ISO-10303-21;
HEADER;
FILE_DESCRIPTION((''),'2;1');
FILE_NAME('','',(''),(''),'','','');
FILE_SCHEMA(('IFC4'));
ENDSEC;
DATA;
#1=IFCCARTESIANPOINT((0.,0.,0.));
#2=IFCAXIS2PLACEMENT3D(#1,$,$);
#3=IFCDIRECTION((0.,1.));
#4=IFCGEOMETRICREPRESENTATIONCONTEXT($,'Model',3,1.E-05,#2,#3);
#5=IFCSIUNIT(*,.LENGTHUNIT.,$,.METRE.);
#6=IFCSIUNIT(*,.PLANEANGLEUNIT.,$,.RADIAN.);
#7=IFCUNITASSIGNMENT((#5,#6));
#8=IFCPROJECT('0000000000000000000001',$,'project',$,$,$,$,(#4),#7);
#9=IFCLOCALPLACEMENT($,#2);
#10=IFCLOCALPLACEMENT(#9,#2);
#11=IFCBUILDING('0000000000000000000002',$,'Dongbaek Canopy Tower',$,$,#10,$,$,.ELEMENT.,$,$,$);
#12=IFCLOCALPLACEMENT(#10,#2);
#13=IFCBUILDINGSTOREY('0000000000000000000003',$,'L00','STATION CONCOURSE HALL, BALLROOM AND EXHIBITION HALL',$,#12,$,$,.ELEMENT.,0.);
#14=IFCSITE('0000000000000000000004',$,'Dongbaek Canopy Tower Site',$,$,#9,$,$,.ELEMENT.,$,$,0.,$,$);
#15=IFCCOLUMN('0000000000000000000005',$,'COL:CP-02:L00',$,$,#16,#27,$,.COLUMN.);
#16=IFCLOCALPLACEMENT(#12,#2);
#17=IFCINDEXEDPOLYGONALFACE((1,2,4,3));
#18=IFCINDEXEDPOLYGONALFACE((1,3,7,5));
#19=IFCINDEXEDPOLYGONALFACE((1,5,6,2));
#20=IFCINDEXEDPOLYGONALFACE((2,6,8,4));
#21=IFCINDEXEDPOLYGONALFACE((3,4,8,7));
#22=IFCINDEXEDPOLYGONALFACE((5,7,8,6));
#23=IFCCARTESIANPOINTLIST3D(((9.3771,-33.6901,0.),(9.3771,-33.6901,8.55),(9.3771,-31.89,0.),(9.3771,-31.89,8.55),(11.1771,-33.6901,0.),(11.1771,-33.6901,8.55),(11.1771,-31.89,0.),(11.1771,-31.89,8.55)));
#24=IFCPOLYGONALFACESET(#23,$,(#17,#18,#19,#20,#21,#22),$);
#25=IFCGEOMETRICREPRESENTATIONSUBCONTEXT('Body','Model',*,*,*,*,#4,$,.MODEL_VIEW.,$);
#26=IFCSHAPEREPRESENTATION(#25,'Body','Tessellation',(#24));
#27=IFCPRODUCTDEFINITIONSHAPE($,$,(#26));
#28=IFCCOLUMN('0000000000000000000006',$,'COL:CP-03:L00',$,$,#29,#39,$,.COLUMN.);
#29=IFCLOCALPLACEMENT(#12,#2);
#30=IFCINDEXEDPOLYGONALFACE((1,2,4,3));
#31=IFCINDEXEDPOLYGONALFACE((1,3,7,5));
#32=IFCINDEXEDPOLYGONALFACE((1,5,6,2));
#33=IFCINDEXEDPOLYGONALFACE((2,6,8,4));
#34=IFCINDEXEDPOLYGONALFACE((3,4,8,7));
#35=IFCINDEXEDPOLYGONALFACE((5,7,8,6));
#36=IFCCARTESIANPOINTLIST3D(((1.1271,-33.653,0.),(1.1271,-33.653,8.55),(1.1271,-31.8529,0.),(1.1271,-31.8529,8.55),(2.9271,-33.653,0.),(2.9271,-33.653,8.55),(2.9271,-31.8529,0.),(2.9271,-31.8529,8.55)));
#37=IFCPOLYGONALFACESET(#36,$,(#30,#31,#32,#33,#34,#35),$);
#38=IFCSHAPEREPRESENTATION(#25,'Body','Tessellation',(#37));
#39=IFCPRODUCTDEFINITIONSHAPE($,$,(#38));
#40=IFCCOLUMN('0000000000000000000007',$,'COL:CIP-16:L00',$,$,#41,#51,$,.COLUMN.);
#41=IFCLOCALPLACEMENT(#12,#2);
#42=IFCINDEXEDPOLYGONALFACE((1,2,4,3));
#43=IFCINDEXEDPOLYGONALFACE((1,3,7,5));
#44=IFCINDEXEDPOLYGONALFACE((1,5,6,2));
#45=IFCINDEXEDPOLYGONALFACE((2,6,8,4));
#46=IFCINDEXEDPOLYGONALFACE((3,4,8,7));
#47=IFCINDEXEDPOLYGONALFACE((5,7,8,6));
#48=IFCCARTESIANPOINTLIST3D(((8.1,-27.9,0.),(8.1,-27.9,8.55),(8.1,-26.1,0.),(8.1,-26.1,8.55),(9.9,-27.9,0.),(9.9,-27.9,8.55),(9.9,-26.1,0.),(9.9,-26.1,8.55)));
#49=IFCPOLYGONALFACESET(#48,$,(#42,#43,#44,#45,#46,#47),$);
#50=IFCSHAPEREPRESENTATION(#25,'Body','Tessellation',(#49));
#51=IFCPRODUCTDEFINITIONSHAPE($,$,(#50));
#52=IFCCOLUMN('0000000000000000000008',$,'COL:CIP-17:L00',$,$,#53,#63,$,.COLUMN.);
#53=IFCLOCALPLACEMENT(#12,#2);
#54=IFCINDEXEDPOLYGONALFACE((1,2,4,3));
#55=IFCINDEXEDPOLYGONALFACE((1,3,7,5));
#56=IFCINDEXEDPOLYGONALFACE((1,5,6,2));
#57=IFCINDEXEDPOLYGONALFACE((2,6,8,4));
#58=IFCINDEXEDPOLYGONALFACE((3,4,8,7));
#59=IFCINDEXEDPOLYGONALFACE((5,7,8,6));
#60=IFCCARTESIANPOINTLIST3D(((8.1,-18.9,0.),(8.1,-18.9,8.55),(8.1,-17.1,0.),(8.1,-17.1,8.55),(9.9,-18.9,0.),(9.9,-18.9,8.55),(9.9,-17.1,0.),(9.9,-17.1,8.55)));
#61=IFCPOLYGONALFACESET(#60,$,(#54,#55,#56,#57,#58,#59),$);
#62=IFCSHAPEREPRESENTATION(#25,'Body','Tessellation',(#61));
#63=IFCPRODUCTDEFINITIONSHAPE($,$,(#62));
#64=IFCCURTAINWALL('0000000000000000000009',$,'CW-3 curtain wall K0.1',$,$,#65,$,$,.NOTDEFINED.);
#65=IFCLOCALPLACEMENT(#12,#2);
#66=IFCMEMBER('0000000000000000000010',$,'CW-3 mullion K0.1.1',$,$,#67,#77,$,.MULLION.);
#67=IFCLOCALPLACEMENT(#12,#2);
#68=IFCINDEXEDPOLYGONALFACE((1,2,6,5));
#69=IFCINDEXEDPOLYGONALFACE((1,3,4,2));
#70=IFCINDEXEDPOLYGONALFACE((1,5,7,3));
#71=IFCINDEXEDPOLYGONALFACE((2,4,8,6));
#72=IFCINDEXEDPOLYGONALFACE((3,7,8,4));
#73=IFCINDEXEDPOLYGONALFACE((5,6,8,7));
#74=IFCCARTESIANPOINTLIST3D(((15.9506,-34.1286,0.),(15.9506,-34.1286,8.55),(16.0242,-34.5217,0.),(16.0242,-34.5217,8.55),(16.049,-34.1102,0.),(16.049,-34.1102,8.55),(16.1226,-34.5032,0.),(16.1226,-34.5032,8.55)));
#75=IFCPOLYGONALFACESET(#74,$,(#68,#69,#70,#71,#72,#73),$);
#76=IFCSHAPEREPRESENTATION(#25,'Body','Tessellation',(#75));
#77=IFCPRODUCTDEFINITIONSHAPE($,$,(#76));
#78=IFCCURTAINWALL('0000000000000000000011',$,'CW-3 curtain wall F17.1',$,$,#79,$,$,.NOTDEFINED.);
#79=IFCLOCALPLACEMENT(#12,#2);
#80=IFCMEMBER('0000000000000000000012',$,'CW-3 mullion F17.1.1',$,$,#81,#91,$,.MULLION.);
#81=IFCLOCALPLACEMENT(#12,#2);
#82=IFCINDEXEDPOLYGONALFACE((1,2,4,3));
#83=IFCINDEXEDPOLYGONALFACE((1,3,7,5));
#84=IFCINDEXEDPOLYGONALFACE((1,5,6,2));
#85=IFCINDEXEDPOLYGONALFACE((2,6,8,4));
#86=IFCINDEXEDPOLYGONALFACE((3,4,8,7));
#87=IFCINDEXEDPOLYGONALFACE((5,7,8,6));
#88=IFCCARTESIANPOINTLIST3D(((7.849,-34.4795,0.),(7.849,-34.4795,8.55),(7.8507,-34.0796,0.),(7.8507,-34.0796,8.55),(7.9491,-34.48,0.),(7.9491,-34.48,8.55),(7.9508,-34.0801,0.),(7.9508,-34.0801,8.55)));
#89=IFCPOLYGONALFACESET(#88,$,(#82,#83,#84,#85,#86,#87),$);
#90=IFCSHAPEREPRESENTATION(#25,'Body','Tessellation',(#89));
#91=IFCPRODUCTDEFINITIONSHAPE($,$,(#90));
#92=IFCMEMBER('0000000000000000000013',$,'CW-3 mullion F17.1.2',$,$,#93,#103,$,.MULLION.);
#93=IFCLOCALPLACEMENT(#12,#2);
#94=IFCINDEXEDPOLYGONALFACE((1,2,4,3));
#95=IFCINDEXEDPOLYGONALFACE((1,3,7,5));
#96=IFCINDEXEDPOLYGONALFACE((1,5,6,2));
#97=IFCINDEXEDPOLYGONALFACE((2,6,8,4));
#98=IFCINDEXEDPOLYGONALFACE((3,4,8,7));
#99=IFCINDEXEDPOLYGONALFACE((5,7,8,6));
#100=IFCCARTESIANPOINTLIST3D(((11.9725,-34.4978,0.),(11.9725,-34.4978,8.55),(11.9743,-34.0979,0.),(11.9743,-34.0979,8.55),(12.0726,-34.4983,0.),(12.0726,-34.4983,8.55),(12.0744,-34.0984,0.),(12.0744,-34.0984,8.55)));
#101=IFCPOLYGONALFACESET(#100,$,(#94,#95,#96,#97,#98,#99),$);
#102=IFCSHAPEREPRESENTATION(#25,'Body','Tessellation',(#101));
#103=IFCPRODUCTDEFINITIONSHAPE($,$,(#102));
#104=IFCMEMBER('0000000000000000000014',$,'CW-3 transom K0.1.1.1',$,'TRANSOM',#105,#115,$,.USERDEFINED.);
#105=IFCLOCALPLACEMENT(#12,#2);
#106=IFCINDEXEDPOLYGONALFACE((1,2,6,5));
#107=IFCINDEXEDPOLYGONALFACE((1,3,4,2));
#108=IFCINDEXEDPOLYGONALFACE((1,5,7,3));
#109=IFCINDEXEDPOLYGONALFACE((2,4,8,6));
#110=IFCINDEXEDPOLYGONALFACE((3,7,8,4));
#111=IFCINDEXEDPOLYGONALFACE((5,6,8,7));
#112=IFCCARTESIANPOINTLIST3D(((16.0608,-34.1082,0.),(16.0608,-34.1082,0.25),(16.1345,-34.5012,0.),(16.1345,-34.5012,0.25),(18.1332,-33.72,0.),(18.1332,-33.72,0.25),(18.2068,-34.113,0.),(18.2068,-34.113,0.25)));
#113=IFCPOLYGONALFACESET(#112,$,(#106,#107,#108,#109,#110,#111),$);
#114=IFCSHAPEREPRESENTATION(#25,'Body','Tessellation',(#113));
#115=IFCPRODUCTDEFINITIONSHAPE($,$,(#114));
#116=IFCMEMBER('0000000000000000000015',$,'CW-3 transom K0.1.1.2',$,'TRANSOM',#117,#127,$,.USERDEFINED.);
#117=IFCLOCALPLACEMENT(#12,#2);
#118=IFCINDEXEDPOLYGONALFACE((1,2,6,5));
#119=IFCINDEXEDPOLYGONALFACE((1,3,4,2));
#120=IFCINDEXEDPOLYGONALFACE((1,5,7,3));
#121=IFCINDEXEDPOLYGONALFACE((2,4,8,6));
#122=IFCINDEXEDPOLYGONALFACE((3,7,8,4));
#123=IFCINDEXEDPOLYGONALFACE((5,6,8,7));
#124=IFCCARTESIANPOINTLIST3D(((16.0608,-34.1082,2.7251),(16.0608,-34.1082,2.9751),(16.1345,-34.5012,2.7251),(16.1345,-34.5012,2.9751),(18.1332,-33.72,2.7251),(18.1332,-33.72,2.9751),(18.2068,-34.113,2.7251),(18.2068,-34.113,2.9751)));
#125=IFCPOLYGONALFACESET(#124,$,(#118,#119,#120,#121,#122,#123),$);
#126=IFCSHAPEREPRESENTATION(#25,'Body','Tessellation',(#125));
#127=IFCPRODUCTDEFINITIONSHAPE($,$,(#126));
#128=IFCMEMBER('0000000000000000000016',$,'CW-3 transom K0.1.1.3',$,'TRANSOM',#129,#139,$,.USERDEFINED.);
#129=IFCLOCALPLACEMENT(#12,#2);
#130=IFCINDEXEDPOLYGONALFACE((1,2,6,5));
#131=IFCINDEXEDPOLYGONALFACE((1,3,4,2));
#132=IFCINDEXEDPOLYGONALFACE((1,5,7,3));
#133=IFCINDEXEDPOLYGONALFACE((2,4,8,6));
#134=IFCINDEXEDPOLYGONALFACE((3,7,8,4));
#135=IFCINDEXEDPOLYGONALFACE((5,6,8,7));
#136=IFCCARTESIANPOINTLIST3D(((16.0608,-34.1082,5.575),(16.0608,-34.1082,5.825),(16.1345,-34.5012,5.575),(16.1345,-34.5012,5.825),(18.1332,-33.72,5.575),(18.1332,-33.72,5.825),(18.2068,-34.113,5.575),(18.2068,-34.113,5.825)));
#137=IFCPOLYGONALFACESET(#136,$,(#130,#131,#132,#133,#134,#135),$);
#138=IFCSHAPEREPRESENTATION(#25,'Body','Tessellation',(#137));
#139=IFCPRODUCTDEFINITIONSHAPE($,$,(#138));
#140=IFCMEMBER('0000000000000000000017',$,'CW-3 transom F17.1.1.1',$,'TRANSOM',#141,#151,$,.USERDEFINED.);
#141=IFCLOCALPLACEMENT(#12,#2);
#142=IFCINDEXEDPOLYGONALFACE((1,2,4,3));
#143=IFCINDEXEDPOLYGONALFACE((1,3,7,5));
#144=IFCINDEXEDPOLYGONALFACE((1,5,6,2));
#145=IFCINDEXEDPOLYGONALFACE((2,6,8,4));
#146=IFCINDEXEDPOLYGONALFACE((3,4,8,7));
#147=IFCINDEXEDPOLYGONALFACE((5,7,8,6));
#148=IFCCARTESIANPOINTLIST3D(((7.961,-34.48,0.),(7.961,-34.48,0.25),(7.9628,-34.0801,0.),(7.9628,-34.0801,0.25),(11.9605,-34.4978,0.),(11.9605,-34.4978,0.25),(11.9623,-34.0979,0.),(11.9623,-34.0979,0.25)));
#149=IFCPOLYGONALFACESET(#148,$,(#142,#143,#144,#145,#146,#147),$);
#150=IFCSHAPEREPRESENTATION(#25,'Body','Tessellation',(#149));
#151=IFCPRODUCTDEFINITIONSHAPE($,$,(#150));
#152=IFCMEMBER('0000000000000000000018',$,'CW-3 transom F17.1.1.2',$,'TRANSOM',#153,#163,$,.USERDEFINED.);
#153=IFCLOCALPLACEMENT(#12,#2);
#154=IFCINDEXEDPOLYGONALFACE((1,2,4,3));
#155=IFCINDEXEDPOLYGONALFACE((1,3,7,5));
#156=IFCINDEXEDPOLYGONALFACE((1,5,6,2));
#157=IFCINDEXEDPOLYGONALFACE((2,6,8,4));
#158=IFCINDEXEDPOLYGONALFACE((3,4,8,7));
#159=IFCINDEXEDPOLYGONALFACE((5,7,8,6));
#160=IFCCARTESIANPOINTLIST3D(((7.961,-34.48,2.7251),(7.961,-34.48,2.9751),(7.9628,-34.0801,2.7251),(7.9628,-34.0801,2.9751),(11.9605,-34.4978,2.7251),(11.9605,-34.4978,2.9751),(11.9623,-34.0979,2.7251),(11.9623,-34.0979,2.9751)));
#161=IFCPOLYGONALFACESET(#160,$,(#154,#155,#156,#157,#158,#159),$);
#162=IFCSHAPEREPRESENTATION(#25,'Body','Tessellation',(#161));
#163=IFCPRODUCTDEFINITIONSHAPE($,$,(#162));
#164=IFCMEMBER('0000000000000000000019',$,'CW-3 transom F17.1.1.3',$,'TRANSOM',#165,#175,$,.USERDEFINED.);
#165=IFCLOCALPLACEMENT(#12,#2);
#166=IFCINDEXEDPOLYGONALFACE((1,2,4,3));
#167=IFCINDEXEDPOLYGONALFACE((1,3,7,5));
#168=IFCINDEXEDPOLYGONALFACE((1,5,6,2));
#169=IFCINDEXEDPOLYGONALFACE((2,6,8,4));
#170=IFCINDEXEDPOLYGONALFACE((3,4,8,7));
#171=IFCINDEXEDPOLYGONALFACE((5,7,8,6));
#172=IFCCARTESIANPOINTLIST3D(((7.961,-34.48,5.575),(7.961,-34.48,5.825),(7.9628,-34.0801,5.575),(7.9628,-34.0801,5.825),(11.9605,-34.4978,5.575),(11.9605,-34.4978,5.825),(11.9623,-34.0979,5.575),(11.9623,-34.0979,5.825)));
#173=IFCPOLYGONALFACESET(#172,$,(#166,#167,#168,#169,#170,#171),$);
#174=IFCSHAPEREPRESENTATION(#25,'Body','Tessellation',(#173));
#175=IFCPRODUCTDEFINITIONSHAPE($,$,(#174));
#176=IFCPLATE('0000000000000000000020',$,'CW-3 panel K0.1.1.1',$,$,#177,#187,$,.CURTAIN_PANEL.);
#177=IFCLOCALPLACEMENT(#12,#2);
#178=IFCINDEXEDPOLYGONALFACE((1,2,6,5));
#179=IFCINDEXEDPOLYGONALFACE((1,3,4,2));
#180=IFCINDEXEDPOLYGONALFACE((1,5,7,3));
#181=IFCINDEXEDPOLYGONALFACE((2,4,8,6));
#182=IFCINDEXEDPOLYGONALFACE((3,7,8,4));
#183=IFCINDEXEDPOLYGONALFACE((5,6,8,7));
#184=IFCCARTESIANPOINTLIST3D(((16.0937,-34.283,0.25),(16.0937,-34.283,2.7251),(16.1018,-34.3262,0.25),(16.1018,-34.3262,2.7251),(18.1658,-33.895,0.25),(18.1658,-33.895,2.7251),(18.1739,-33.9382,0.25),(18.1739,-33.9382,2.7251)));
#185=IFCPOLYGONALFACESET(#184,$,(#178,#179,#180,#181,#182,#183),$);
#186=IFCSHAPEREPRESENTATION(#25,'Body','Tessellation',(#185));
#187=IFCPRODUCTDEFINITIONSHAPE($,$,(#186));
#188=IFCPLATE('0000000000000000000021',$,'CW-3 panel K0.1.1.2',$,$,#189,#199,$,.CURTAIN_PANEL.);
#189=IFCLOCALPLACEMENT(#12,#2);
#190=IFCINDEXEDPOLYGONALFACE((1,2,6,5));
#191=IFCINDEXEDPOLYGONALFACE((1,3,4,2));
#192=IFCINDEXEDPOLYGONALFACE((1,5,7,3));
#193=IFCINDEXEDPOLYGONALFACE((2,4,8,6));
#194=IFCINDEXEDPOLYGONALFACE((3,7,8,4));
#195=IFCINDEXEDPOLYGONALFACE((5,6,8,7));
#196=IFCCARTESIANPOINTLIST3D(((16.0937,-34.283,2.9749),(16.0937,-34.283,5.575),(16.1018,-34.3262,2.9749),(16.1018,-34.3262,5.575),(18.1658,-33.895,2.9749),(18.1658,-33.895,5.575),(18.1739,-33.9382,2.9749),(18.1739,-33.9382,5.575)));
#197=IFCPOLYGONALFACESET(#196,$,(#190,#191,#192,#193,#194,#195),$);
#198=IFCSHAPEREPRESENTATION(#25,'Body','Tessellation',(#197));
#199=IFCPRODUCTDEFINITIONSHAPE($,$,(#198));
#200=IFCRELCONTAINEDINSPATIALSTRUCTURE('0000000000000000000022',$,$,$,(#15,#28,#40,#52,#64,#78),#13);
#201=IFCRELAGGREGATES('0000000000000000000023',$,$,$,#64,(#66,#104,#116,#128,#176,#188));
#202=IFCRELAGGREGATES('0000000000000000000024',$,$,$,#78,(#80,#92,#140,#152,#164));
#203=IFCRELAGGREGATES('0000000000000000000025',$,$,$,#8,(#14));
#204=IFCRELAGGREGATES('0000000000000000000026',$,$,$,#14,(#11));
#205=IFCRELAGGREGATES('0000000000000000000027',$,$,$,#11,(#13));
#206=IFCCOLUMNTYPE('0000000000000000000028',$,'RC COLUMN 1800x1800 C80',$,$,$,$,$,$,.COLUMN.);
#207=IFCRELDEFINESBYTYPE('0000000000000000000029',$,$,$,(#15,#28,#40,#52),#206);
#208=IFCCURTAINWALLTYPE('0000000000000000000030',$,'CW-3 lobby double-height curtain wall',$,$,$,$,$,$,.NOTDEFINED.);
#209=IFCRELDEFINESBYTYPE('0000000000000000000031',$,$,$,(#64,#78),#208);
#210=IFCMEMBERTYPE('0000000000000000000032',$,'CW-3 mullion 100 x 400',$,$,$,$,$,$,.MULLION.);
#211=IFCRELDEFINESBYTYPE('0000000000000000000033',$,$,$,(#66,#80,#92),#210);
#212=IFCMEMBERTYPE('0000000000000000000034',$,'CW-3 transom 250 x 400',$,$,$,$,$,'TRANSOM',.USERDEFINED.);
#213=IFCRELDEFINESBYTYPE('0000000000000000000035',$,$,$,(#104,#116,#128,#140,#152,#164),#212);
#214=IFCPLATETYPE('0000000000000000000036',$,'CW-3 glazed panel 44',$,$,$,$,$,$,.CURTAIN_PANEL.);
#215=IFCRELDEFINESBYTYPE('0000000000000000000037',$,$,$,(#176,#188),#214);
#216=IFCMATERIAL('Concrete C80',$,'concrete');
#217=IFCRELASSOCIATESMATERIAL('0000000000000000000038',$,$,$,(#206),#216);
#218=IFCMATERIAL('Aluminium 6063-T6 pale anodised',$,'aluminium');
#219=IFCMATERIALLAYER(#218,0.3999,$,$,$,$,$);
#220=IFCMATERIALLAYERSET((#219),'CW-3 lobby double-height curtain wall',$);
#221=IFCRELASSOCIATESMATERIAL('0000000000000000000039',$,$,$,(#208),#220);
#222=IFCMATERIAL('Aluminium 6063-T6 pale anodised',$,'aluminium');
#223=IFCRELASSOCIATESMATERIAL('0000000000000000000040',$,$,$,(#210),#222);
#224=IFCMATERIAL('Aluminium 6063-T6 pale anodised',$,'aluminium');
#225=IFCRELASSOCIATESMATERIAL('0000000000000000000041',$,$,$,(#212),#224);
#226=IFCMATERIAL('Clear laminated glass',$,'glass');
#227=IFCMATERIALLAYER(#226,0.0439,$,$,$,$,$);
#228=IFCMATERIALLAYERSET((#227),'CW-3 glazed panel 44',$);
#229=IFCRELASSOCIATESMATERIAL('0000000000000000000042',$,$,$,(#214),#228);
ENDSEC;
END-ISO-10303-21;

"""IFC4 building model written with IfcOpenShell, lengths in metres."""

from ifc_helpers import new_model, si_unit, direction, frame, origin, origin_2d, place, context, subcontext, project, spatial, rectangle, extrude, material, layer, layer_set, material_profile, profile_set, type_object, element, aggregate, save


model = new_model("IFC4")

# Units and contexts
model_context = context("Model", 3, precision=1e-05, world=origin(), true_north=direction((0.0, 1.0)))
body_context = subcontext(model_context, "Body", "Model", "MODEL_VIEW")
ifc_project = project(units=[si_unit("LENGTHUNIT", "METRE"), si_unit("PLANEANGLEUNIT", "RADIAN")], contexts=[model_context])

# Site, building, storey
site_placement = place(None, origin())
site = spatial("IfcSite", under=ifc_project, at=site_placement, Name="Dongbaek Canopy Tower Site", CompositionType="ELEMENT", RefElevation=0.0)
building_placement = place(site_placement, origin())
building = spatial("IfcBuilding", under=site, at=building_placement, Name="Dongbaek Canopy Tower", CompositionType="ELEMENT")
storey_placement = place(building_placement, origin())
storey = spatial("IfcBuildingStorey", under=building, at=storey_placement, Name="L00", Description="STATION CONCOURSE HALL, BALLROOM AND EXHIBITION HALL", CompositionType="ELEMENT", Elevation=0.0)

# Columns
ifc_material_1 = material(Name="Concrete C80", Category="concrete")
ifc_material_profile_1 = material_profile(ifc_material_1, rectangle(XDim=1.8, YDim=1.8, at=origin_2d()), Name="RC COLUMN 1800x1800 C80")
ifc_profile_set_1 = profile_set([ifc_material_profile_1], Name="Concrete C80")
column_type = type_object("IfcColumnType", Name="RC COLUMN 1800x1800 C80", PredefinedType="COLUMN", material=ifc_profile_set_1)
for number, where, z_axis, x_axis, name in (
    (1, (10.2771, -32.79, 0.0), (0.0, 0.0, 1.0), (1.0, 0.0, 0.0), "COL:CP-02:L00"),
    (2, (2.0271, -32.7529, 0.0), (0.0, 0.0, 1.0), (1.0, 0.0, 0.0), "COL:CP-03:L00"),
    (3, (9.0, -27.0, 0.0), (0.0, 0.0, 1.0), (1.0, 0.0, 0.0), "COL:CIP-16:L00"),
    (4, (9.0, -18.0, 0.0), (0.0, 0.0, 1.0), (1.0, 0.0, 0.0), "COL:CIP-17:L00"),
):
    element("IfcColumn", number, at=place(storey_placement, frame(where, z_axis=z_axis, x_axis=x_axis)), inside=storey, type_object=column_type, Name=name, PredefinedType="COLUMN", context=body_context, shape_type="SweptSolid", body=[
        extrude(rectangle(XDim=1.8, YDim=1.8, at=origin_2d()), origin(), (0.0, 0.0, 1.0), 8.55),
    ])

# Curtain wall, member
ifc_material_2 = material(Name="Aluminium 6063-T6 pale anodised", Category="aluminium")
ifc_layer_1 = layer(ifc_material_2, 0.3999)
ifc_layer_set_1 = layer_set([ifc_layer_1], Name="CW-3 lobby double-height curtain wall")
curtain_wall_type = type_object("IfcCurtainWallType", Name="CW-3 lobby double-height curtain wall", PredefinedType="NOTDEFINED", material=ifc_layer_set_1)
curtain_wall_1_placement = place(storey_placement, origin())
curtain_wall_1 = element("IfcCurtainWall", 5, at=curtain_wall_1_placement, inside=storey, type_object=curtain_wall_type, Name="CW-3 curtain wall K0.1", PredefinedType="NOTDEFINED")
ifc_material_3 = material(Name="Aluminium 6063-T6 pale anodised", Category="aluminium")
ifc_material_profile_2 = material_profile(ifc_material_3, rectangle(XDim=0.3999, YDim=0.1001, at=origin_2d()), Name="CW-3 mullion 100 x 400")
ifc_profile_set_2 = profile_set([ifc_material_profile_2], Name="Aluminium 6063-T6 pale anodised")
member_type_1 = type_object("IfcMemberType", Name="CW-3 mullion 100 x 400", PredefinedType="MULLION", material=ifc_profile_set_2)
member_1_placement = place(storey_placement, frame((16.0366, -34.3159, 0.0), z_axis=(0.0, 0.0, 1.0), x_axis=(0.184024, -0.982922, 0.0)))
member_1 = element("IfcMember", 6, at=member_1_placement, type_object=member_type_1, Name="CW-3 mullion K0.1.1", PredefinedType="MULLION", context=body_context, shape_type="SweptSolid", body=[
    extrude(rectangle(XDim=0.3999, YDim=0.1001, at=origin_2d()), origin(), (0.0, 0.0, 1.0), 8.55),
])

# Curtain wall, members
curtain_wall_2_placement = place(storey_placement, origin())
curtain_wall_2 = element("IfcCurtainWall", 7, at=curtain_wall_2_placement, inside=storey, type_object=curtain_wall_type, Name="CW-3 curtain wall F17.1", PredefinedType="NOTDEFINED")
member_2_placement = place(storey_placement, frame((7.8999, -34.2798, 0.0), z_axis=(0.0, 0.0, 1.0), x_axis=(-0.004466, -0.99999, 0.0)))
member_2 = element("IfcMember", 8, at=member_2_placement, type_object=member_type_1, Name="CW-3 mullion F17.1.1", PredefinedType="MULLION", context=body_context, shape_type="SweptSolid", body=[
    extrude(rectangle(XDim=0.3999, YDim=0.1001, at=origin_2d()), origin(), (0.0, 0.0, 1.0), 8.55),
])
member_3_placement = place(storey_placement, frame((12.0234, -34.2981, 0.0), z_axis=(0.0, 0.0, 1.0), x_axis=(-0.004466, -0.99999, 0.0)))
member_3 = element("IfcMember", 9, at=member_3_placement, type_object=member_type_1, Name="CW-3 mullion F17.1.2", PredefinedType="MULLION", context=body_context, shape_type="SweptSolid", body=[
    extrude(rectangle(XDim=0.3999, YDim=0.1001, at=origin_2d()), origin(), (0.0, 0.0, 1.0), 8.55),
])

# Members
ifc_material_4 = material(Name="Aluminium 6063-T6 pale anodised", Category="aluminium")
ifc_material_profile_3 = material_profile(ifc_material_4, rectangle(XDim=0.3999, YDim=0.25, at=origin_2d()), Name="CW-3 transom 250 x 400")
ifc_profile_set_3 = profile_set([ifc_material_profile_3], Name="Aluminium 6063-T6 pale anodised")
member_type_2 = type_object("IfcMemberType", Name="CW-3 transom 250 x 400", ElementType="TRANSOM", PredefinedType="USERDEFINED", material=ifc_profile_set_3)
member_4_placement = place(storey_placement, frame((16.0977, -34.3047, 0.125), z_axis=(0.982904, 0.184121, 0.0), x_axis=(-0.184121, 0.982904, 0.0)))
member_4 = element("IfcMember", 10, at=member_4_placement, type_object=member_type_2, Name="CW-3 transom K0.1.1.1", ObjectType="TRANSOM", PredefinedType="USERDEFINED", context=body_context, shape_type="SweptSolid", body=[
    extrude(rectangle(XDim=0.3999, YDim=0.25, at=origin_2d()), origin(), (0.0, 0.0, 1.0), 2.1084),
])
member_5_placement = place(storey_placement, frame((16.0977, -34.3047, 2.8501), z_axis=(0.982904, 0.184121, 0.0), x_axis=(-0.184121, 0.982904, 0.0)))
member_5 = element("IfcMember", 11, at=member_5_placement, type_object=member_type_2, Name="CW-3 transom K0.1.1.2", ObjectType="TRANSOM", PredefinedType="USERDEFINED", context=body_context, shape_type="SweptSolid", body=[
    extrude(rectangle(XDim=0.3999, YDim=0.25, at=origin_2d()), origin(), (0.0, 0.0, 1.0), 2.1084),
])
member_6_placement = place(storey_placement, frame((16.0977, -34.3047, 5.7), z_axis=(0.982904, 0.184121, 0.0), x_axis=(-0.184121, 0.982904, 0.0)))
member_6 = element("IfcMember", 12, at=member_6_placement, type_object=member_type_2, Name="CW-3 transom K0.1.1.3", ObjectType="TRANSOM", PredefinedType="USERDEFINED", context=body_context, shape_type="SweptSolid", body=[
    extrude(rectangle(XDim=0.3999, YDim=0.25, at=origin_2d()), origin(), (0.0, 0.0, 1.0), 2.1084),
])
member_7_placement = place(storey_placement, frame((7.9619, -34.28, 0.125), z_axis=(0.99999, -0.004456, 0.0), x_axis=(0.004456, 0.99999, 0.0)))
member_7 = element("IfcMember", 13, at=member_7_placement, type_object=member_type_2, Name="CW-3 transom F17.1.1.1", ObjectType="TRANSOM", PredefinedType="USERDEFINED", context=body_context, shape_type="SweptSolid", body=[
    extrude(rectangle(XDim=0.3999, YDim=0.25, at=origin_2d()), origin(), (0.0, 0.0, 1.0), 3.9995),
])
member_8_placement = place(storey_placement, frame((7.9619, -34.28, 2.8501), z_axis=(0.99999, -0.004456, 0.0), x_axis=(0.004456, 0.99999, 0.0)))
member_8 = element("IfcMember", 14, at=member_8_placement, type_object=member_type_2, Name="CW-3 transom F17.1.1.2", ObjectType="TRANSOM", PredefinedType="USERDEFINED", context=body_context, shape_type="SweptSolid", body=[
    extrude(rectangle(XDim=0.3999, YDim=0.25, at=origin_2d()), origin(), (0.0, 0.0, 1.0), 3.9995),
])
member_9_placement = place(storey_placement, frame((7.9619, -34.28, 5.7), z_axis=(0.99999, -0.004456, 0.0), x_axis=(0.004456, 0.99999, 0.0)))
member_9 = element("IfcMember", 15, at=member_9_placement, type_object=member_type_2, Name="CW-3 transom F17.1.1.3", ObjectType="TRANSOM", PredefinedType="USERDEFINED", context=body_context, shape_type="SweptSolid", body=[
    extrude(rectangle(XDim=0.3999, YDim=0.25, at=origin_2d()), origin(), (0.0, 0.0, 1.0), 3.9995),
])

# Plates
ifc_material_5 = material(Name="Clear laminated glass", Category="glass")
ifc_layer_2 = layer(ifc_material_5, 0.0439)
ifc_layer_set_2 = layer_set([ifc_layer_2], Name="CW-3 glazed panel 44")
plate_type = type_object("IfcPlateType", Name="CW-3 glazed panel 44", PredefinedType="CURTAIN_PANEL", material=ifc_layer_set_2)
plate_1_placement = place(storey_placement, frame((17.1338, -34.1106, 0.25), z_axis=(0.0, 0.0, 1.0), x_axis=(0.982922, 0.184024, 0.0)))
plate_1 = element("IfcPlate", 16, at=plate_1_placement, type_object=plate_type, Name="CW-3 panel K0.1.1.1", PredefinedType="CURTAIN_PANEL", context=body_context, shape_type="SweptSolid", body=[
    extrude(rectangle(XDim=2.1082, YDim=0.0439, at=origin_2d()), origin(), (0.0, 0.0, 1.0), 2.4751),
])
plate_2_placement = place(storey_placement, frame((17.1338, -34.1106, 2.9749), z_axis=(0.0, 0.0, 1.0), x_axis=(0.982922, 0.184024, 0.0)))
plate_2 = element("IfcPlate", 17, at=plate_2_placement, type_object=plate_type, Name="CW-3 panel K0.1.1.2", PredefinedType="CURTAIN_PANEL", context=body_context, shape_type="SweptSolid", body=[
    extrude(rectangle(XDim=2.1082, YDim=0.0439, at=origin_2d()), origin(), (0.0, 0.0, 1.0), 2.6001),
])
aggregate(curtain_wall_1, [member_1, member_4, member_5, member_6, plate_1, plate_2])
aggregate(curtain_wall_2, [member_2, member_3, member_7, member_8, member_9])

save(model, "model.ifc")
